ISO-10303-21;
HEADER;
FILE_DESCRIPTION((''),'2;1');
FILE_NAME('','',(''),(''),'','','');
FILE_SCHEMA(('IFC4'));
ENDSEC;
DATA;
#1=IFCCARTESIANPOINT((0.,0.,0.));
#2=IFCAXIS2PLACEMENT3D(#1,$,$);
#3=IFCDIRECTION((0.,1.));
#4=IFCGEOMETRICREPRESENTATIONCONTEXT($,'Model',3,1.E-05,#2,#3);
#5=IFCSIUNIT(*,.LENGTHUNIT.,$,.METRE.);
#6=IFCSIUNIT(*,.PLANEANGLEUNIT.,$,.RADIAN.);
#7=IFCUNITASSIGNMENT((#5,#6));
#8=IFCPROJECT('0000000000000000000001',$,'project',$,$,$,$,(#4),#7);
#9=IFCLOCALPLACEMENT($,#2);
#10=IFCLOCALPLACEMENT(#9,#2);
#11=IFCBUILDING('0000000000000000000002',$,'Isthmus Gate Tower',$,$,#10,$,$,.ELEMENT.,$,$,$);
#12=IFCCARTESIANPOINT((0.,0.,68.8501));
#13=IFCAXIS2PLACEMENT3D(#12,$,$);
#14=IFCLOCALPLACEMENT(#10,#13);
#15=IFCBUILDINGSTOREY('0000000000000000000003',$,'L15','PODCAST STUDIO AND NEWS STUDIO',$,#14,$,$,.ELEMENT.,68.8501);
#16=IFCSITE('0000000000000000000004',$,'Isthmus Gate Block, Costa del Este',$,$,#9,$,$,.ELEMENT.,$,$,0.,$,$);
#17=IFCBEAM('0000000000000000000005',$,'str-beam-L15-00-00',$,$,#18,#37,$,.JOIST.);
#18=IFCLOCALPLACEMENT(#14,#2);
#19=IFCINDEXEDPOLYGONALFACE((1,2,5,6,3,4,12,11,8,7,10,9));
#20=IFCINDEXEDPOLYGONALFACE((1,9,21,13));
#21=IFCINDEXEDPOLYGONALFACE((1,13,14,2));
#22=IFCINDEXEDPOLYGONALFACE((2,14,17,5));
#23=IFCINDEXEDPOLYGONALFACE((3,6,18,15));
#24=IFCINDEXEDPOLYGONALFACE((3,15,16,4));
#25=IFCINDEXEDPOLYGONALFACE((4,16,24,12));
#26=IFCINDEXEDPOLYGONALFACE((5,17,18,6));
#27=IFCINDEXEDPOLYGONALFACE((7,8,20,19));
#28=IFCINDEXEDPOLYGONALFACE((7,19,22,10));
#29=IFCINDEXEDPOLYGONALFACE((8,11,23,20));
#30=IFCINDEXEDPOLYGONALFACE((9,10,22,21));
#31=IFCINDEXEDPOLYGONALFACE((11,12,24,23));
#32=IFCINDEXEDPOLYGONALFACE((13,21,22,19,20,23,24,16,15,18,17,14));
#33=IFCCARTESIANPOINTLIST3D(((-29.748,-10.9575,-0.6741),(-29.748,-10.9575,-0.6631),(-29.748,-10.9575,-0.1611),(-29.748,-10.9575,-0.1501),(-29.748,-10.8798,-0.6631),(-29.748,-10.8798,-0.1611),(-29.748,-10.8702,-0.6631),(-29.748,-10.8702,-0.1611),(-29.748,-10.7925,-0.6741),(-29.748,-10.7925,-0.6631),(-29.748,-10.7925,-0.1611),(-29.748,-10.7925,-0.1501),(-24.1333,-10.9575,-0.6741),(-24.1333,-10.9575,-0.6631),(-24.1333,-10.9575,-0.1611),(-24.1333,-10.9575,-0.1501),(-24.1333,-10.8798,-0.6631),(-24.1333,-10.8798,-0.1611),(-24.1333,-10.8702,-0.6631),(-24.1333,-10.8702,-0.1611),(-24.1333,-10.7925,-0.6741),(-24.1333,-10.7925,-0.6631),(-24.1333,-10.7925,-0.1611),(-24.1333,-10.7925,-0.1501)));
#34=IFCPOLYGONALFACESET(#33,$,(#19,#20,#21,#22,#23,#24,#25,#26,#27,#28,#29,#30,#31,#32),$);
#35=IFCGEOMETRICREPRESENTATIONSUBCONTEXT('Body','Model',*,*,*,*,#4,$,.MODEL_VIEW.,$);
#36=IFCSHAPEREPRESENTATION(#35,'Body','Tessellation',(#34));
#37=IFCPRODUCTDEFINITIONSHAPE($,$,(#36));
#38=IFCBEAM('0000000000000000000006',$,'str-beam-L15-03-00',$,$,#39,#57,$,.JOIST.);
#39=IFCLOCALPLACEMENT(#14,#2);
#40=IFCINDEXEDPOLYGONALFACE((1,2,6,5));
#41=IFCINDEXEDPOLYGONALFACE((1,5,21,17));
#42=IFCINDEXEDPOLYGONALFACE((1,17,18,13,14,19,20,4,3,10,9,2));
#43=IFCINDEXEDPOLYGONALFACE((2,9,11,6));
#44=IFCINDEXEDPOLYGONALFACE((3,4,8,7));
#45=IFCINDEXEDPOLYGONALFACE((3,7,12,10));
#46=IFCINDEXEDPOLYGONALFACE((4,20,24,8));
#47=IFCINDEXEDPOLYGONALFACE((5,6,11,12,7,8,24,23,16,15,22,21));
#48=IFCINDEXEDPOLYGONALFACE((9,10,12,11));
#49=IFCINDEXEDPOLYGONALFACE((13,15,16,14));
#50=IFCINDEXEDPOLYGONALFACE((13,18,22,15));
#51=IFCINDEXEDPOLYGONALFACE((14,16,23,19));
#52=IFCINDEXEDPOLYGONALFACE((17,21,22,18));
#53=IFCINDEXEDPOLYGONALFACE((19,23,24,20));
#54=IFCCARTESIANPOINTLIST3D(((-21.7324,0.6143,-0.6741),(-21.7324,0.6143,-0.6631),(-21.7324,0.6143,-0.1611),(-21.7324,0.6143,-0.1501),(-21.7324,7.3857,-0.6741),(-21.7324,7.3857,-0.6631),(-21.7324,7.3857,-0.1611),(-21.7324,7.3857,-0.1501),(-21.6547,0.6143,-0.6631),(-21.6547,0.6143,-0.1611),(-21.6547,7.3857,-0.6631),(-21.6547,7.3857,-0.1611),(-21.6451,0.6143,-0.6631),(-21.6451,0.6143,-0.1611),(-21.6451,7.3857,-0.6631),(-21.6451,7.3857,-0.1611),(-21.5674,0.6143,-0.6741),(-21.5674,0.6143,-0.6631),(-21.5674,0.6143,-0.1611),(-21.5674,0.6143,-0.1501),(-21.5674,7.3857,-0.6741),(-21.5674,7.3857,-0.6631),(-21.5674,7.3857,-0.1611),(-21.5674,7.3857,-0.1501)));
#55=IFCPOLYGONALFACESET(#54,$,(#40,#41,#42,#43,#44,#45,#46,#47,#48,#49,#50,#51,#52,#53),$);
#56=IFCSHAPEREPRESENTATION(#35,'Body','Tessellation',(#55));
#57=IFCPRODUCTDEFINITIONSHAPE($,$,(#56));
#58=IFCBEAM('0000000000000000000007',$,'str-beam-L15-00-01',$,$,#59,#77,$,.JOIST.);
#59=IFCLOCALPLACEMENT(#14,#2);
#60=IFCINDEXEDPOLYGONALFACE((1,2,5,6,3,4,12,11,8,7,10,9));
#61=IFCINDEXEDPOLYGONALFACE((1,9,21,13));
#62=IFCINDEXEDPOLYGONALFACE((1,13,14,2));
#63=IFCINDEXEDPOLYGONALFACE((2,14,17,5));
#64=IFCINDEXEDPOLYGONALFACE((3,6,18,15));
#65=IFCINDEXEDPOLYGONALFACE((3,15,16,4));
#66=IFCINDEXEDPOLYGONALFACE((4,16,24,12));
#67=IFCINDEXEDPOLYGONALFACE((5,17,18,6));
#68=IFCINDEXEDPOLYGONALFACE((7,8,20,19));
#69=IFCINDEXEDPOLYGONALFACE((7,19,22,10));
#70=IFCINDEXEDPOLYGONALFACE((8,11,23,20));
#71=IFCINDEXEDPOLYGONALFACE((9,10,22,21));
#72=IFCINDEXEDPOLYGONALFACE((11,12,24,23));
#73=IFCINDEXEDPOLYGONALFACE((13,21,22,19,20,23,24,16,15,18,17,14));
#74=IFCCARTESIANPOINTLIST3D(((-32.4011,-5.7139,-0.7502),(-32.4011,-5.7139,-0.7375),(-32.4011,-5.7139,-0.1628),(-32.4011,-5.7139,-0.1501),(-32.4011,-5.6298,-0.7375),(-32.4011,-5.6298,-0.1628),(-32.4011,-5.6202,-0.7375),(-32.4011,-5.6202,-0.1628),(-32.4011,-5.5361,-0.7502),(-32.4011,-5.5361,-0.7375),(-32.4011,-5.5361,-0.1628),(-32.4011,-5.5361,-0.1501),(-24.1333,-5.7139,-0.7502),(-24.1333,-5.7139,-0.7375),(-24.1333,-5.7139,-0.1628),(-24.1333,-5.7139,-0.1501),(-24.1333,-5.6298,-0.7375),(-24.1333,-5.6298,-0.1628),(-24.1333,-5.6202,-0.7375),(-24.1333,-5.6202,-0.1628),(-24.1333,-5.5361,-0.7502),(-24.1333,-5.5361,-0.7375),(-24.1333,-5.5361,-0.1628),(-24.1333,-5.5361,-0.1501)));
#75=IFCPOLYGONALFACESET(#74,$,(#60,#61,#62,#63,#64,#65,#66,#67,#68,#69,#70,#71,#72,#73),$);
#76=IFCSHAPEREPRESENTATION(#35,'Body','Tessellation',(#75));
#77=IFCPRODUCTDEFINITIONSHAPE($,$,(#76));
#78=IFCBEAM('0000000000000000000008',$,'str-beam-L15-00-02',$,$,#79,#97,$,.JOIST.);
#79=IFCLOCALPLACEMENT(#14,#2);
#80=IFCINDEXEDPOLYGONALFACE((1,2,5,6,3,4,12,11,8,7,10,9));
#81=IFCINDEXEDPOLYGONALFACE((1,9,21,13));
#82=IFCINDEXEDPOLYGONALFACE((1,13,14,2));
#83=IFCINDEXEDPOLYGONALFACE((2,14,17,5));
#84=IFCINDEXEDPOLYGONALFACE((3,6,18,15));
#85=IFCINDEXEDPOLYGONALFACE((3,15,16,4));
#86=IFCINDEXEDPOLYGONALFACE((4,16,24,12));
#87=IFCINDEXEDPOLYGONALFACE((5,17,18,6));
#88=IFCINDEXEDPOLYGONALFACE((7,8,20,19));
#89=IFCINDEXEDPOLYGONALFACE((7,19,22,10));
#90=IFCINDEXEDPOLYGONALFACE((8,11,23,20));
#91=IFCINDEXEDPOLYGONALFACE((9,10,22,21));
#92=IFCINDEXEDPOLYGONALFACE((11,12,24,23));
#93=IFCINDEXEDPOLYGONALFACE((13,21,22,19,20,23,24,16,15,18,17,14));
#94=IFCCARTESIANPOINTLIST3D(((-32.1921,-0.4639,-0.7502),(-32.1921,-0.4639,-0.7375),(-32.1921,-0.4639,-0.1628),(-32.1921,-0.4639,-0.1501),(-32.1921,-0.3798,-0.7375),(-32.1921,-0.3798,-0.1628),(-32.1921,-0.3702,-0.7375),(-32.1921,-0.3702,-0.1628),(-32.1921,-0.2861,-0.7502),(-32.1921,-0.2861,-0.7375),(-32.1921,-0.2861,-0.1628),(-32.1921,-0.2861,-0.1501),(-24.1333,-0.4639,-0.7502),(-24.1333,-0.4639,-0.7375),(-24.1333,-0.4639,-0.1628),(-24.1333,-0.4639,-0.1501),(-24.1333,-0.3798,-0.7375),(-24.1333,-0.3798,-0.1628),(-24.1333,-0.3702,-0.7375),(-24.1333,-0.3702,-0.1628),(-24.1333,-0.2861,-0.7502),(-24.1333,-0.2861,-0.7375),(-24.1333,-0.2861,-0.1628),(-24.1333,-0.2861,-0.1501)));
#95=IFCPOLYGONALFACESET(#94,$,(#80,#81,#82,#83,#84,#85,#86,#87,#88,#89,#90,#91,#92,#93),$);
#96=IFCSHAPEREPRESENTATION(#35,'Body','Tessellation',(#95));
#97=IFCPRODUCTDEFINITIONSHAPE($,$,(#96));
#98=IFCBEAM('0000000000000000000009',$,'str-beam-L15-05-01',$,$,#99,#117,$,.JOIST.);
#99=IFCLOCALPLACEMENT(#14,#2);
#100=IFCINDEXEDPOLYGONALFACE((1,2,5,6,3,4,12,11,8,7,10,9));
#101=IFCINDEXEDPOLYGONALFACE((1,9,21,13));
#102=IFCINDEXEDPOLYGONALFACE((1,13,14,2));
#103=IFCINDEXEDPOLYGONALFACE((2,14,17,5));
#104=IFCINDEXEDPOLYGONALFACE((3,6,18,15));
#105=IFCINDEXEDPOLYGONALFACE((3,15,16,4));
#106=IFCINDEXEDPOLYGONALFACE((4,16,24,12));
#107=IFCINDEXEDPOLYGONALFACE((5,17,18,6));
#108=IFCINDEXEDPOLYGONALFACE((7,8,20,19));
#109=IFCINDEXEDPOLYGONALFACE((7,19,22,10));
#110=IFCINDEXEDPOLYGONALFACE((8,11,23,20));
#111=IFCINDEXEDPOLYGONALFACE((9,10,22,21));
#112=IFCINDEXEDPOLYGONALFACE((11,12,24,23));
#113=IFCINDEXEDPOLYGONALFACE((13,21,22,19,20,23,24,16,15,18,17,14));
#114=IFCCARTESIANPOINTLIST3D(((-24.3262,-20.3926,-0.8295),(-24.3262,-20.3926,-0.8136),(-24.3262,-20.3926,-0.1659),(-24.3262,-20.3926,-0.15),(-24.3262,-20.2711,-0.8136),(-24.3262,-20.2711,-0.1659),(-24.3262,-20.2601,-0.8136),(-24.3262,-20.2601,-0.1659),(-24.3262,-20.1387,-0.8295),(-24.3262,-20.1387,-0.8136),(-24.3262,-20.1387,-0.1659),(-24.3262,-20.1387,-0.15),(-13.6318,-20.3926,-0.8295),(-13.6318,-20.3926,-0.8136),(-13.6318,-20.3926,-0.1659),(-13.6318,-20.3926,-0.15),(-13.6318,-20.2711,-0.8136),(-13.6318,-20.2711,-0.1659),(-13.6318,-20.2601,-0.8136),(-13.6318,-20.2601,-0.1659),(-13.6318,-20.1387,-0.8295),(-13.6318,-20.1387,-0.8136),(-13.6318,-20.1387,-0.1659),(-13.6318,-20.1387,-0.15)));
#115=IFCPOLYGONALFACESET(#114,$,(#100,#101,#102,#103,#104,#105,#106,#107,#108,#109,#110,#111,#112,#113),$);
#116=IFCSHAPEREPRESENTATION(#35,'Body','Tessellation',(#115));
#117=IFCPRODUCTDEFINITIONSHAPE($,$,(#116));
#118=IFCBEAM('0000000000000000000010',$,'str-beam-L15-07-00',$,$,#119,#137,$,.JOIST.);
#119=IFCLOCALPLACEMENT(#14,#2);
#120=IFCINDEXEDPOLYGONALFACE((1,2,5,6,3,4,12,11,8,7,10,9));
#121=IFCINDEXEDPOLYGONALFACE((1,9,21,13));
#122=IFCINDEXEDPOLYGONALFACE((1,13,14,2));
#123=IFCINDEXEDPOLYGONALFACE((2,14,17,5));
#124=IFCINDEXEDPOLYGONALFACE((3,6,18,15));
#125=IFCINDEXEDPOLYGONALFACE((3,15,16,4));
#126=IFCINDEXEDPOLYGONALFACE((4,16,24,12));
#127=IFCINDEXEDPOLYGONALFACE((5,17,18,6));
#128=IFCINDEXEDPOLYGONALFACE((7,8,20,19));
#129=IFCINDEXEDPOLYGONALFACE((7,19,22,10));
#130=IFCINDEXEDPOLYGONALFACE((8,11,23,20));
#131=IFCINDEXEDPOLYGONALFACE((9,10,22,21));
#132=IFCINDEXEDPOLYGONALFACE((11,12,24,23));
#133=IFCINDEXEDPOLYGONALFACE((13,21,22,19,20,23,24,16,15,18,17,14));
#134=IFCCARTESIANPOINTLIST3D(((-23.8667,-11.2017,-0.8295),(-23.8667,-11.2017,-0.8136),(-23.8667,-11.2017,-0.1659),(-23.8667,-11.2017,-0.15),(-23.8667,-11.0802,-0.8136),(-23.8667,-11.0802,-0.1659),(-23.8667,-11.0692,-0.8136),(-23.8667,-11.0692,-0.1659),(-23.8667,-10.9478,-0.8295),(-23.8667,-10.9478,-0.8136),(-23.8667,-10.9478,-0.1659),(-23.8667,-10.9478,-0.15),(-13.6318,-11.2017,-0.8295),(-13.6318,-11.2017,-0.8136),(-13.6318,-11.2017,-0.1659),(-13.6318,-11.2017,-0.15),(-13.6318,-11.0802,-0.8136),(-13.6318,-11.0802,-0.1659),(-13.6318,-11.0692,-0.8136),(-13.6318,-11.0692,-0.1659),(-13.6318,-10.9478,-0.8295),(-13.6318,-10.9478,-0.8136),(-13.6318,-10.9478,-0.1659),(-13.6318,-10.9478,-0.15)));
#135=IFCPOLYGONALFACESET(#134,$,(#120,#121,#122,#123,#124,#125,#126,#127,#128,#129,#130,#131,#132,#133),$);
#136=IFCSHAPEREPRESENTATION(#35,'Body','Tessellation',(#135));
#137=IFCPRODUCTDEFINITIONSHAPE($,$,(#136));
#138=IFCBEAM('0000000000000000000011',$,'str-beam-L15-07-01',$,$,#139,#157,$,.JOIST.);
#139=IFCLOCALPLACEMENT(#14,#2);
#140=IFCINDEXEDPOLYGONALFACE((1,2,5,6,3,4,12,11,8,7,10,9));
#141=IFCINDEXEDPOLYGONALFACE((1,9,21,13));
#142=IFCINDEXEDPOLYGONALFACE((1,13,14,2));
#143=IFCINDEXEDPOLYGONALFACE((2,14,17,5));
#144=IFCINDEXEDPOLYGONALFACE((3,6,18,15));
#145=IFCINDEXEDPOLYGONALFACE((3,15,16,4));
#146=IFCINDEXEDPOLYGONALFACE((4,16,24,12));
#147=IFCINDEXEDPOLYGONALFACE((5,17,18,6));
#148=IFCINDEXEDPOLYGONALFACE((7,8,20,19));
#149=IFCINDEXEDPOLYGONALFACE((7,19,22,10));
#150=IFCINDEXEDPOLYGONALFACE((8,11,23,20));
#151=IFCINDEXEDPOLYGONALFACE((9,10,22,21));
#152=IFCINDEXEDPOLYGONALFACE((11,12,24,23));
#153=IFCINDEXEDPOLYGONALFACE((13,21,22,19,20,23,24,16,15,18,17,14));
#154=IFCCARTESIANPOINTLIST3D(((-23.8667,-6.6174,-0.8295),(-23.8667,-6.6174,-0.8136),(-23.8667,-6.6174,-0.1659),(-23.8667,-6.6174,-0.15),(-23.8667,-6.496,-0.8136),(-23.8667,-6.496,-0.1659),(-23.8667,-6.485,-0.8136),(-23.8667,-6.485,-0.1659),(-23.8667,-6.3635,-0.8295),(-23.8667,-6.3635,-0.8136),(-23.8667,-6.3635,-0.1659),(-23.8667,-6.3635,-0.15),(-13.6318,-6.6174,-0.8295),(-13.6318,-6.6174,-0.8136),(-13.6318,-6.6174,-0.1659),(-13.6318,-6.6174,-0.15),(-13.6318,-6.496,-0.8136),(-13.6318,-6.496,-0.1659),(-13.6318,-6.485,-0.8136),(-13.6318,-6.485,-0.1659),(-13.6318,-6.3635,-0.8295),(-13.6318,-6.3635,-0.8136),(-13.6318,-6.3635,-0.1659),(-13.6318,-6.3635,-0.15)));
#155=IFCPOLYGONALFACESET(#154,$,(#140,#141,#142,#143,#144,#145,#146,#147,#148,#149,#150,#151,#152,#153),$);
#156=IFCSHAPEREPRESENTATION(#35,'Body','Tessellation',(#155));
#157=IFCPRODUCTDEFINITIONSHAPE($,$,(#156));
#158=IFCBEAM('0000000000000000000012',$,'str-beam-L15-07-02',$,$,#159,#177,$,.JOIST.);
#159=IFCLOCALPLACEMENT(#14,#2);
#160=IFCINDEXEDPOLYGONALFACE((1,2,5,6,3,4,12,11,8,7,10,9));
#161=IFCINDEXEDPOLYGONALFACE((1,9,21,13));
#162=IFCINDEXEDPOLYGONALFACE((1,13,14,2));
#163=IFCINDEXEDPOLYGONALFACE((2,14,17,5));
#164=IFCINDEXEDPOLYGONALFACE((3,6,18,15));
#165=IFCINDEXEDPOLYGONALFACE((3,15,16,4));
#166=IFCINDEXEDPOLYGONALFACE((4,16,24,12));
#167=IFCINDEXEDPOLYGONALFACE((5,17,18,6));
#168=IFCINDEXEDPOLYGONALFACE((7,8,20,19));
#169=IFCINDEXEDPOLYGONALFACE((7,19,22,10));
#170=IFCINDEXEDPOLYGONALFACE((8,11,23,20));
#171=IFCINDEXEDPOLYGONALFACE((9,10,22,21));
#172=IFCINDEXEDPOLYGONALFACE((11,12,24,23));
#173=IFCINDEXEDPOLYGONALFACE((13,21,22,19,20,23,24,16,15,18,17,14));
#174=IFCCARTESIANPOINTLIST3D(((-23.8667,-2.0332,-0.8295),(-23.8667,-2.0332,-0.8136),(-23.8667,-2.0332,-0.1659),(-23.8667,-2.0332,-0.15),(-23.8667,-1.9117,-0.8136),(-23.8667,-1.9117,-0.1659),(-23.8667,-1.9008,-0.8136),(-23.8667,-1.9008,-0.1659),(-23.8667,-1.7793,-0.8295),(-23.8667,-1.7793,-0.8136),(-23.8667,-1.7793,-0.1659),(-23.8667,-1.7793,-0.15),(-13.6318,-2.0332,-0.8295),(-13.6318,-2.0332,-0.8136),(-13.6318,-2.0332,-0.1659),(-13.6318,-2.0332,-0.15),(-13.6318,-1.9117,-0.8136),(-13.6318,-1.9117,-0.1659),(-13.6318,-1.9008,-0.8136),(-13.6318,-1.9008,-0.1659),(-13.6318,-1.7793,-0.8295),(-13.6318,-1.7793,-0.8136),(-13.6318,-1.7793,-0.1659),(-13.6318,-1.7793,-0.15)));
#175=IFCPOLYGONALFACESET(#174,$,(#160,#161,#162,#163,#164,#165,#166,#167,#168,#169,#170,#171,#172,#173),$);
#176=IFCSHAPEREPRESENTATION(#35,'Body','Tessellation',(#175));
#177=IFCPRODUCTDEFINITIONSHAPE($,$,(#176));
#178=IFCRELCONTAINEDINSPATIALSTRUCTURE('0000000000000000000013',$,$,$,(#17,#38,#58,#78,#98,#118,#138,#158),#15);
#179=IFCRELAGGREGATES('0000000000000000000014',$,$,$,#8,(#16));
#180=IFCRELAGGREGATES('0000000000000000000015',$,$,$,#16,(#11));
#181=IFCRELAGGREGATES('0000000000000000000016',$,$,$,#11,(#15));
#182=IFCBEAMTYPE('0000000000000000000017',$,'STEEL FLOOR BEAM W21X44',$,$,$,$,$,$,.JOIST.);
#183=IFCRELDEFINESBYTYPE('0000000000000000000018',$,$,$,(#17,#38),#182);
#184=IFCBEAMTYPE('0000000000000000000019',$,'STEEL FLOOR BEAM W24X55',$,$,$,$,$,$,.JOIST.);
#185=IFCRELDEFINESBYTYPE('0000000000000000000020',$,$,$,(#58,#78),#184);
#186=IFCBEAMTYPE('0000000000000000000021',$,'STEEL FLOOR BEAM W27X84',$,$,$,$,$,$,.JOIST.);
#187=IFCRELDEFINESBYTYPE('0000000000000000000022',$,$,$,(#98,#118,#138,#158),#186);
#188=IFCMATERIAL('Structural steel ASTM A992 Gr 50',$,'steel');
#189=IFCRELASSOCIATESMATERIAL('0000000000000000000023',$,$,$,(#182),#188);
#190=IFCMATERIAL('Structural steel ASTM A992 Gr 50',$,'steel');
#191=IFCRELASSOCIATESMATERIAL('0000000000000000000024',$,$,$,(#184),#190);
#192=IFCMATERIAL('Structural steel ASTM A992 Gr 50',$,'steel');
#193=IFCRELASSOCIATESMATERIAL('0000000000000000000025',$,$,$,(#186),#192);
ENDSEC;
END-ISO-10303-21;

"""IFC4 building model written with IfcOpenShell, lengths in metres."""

from ifc_helpers import new_model, si_unit, direction, frame, origin, origin_2d, place, context, subcontext, project, spatial, i_section, extrude, material, material_profile, profile_set, type_object, element, save


model = new_model("IFC4")

# Units and contexts
model_context = context("Model", 3, precision=1e-05, world=origin(), true_north=direction((0.0, 1.0)))
body_context = subcontext(model_context, "Body", "Model", "MODEL_VIEW")
ifc_project = project(units=[si_unit("LENGTHUNIT", "METRE"), si_unit("PLANEANGLEUNIT", "RADIAN")], contexts=[model_context])

# Site, building, storey
site_placement = place(None, origin())
site = spatial("IfcSite", under=ifc_project, at=site_placement, Name="Isthmus Gate Block, Costa del Este", CompositionType="ELEMENT", RefElevation=0.0)
building_placement = place(site_placement, origin())
building = spatial("IfcBuilding", under=site, at=building_placement, Name="Isthmus Gate Tower", CompositionType="ELEMENT")
storey_placement = place(building_placement, frame((0.0, 0.0, 68.8501)))
storey = spatial("IfcBuildingStorey", under=building, at=storey_placement, Name="L15", Description="PODCAST STUDIO AND NEWS STUDIO", CompositionType="ELEMENT", Elevation=68.8501)

# Beams
ifc_material_1 = material(Name="Structural steel ASTM A992 Gr 50", Category="steel")
ifc_material_profile_1 = material_profile(ifc_material_1, i_section(OverallWidth=0.165, OverallDepth=0.5239, WebThickness=0.0095, FlangeThickness=0.011, at=origin_2d()), Name="W21X44")
ifc_profile_set_1 = profile_set([ifc_material_profile_1], Name="Structural steel ASTM A992 Gr 50")
beam_type_1 = type_object("IfcBeamType", Name="STEEL FLOOR BEAM W21X44", PredefinedType="JOIST", material=ifc_profile_set_1)
beam_1_placement = place(storey_placement, frame((-29.748, -10.875, -0.4121), z_axis=(1.0, 0.0, 0.0), x_axis=(0.0, 1.0, 0.0)))
element("IfcBeam", 1, at=beam_1_placement, inside=storey, type_object=beam_type_1, Name="str-beam-L15-00-00", PredefinedType="JOIST", context=body_context, shape_type="SweptSolid", body=[
    extrude(i_section(OverallWidth=0.165, OverallDepth=0.5239, WebThickness=0.0095, FlangeThickness=0.011, at=origin_2d()), origin(), (0.0, 0.0, 1.0), 5.6147),
])
beam_2_placement = place(storey_placement, frame((-21.6499, 0.6143, -0.4121), z_axis=(0.0, 1.0, 0.0), x_axis=(-1.0, 0.0, 0.0)))
element("IfcBeam", 2, at=beam_2_placement, inside=storey, type_object=beam_type_1, Name="str-beam-L15-03-00", PredefinedType="JOIST", context=body_context, shape_type="SweptSolid", body=[
    extrude(i_section(OverallWidth=0.165, OverallDepth=0.5239, WebThickness=0.0095, FlangeThickness=0.011, at=origin_2d()), origin(), (0.0, 0.0, 1.0), 6.7715),
])
ifc_material_2 = material(Name="Structural steel ASTM A992 Gr 50", Category="steel")
ifc_material_profile_2 = material_profile(ifc_material_2, i_section(OverallWidth=0.1777, OverallDepth=0.6001, WebThickness=0.0095, FlangeThickness=0.0127, at=origin_2d()), Name="W24X55")
ifc_profile_set_2 = profile_set([ifc_material_profile_2], Name="Structural steel ASTM A992 Gr 50")
beam_type_2 = type_object("IfcBeamType", Name="STEEL FLOOR BEAM W24X55", PredefinedType="JOIST", material=ifc_profile_set_2)
beam_3_placement = place(storey_placement, frame((-32.4011, -5.625, -0.4502), z_axis=(1.0, 0.0, 0.0), x_axis=(0.0, 1.0, 0.0)))
element("IfcBeam", 3, at=beam_3_placement, inside=storey, type_object=beam_type_2, Name="str-beam-L15-00-01", PredefinedType="JOIST", context=body_context, shape_type="SweptSolid", body=[
    extrude(i_section(OverallWidth=0.1777, OverallDepth=0.6001, WebThickness=0.0095, FlangeThickness=0.0127, at=origin_2d()), origin(), (0.0, 0.0, 1.0), 8.2678),
])
beam_4_placement = place(storey_placement, frame((-32.1921, -0.375, -0.4502), z_axis=(1.0, 0.0, 0.0), x_axis=(0.0, 1.0, 0.0)))
element("IfcBeam", 4, at=beam_4_placement, inside=storey, type_object=beam_type_2, Name="str-beam-L15-00-02", PredefinedType="JOIST", context=body_context, shape_type="SweptSolid", body=[
    extrude(i_section(OverallWidth=0.1777, OverallDepth=0.6001, WebThickness=0.0095, FlangeThickness=0.0127, at=origin_2d()), origin(), (0.0, 0.0, 1.0), 8.0588),
])
ifc_material_3 = material(Name="Structural steel ASTM A992 Gr 50", Category="steel")
ifc_material_profile_3 = material_profile(ifc_material_3, i_section(OverallWidth=0.2539, OverallDepth=0.6794, WebThickness=0.011, FlangeThickness=0.0159, at=origin_2d()), Name="W27X84")
ifc_profile_set_3 = profile_set([ifc_material_profile_3], Name="Structural steel ASTM A992 Gr 50")
beam_type_3 = type_object("IfcBeamType", Name="STEEL FLOOR BEAM W27X84", PredefinedType="JOIST", material=ifc_profile_set_3)
beam_5_placement = place(storey_placement, frame((-24.3262, -20.2656, -0.4897), z_axis=(1.0, 0.0, 0.0), x_axis=(0.0, 1.0, 0.0)))
element("IfcBeam", 5, at=beam_5_placement, inside=storey, type_object=beam_type_3, Name="str-beam-L15-05-01", PredefinedType="JOIST", context=body_context, shape_type="SweptSolid", body=[
    extrude(i_section(OverallWidth=0.2539, OverallDepth=0.6794, WebThickness=0.011, FlangeThickness=0.0159, at=origin_2d()), origin(), (0.0, 0.0, 1.0), 10.6943),
])
for number, where, z_axis, x_axis, name in (
    (6, (-23.8667, -11.0747, -0.4897), (1.0, 0.0, 0.0), (0.0, 1.0, 0.0), "str-beam-L15-07-00"),
    (7, (-23.8667, -6.4905, -0.4897), (1.0, 0.0, 0.0), (0.0, 1.0, 0.0), "str-beam-L15-07-01"),
    (8, (-23.8667, -1.9062, -0.4897), (1.0, 0.0, 0.0), (0.0, 1.0, 0.0), "str-beam-L15-07-02"),
):
    element("IfcBeam", number, at=place(storey_placement, frame(where, z_axis=z_axis, x_axis=x_axis)), inside=storey, type_object=beam_type_3, Name=name, PredefinedType="JOIST", context=body_context, shape_type="SweptSolid", body=[
        extrude(i_section(OverallWidth=0.2539, OverallDepth=0.6794, WebThickness=0.011, FlangeThickness=0.0159, at=origin_2d()), origin(), (0.0, 0.0, 1.0), 10.2349),
    ])

save(model, "model.ifc")
